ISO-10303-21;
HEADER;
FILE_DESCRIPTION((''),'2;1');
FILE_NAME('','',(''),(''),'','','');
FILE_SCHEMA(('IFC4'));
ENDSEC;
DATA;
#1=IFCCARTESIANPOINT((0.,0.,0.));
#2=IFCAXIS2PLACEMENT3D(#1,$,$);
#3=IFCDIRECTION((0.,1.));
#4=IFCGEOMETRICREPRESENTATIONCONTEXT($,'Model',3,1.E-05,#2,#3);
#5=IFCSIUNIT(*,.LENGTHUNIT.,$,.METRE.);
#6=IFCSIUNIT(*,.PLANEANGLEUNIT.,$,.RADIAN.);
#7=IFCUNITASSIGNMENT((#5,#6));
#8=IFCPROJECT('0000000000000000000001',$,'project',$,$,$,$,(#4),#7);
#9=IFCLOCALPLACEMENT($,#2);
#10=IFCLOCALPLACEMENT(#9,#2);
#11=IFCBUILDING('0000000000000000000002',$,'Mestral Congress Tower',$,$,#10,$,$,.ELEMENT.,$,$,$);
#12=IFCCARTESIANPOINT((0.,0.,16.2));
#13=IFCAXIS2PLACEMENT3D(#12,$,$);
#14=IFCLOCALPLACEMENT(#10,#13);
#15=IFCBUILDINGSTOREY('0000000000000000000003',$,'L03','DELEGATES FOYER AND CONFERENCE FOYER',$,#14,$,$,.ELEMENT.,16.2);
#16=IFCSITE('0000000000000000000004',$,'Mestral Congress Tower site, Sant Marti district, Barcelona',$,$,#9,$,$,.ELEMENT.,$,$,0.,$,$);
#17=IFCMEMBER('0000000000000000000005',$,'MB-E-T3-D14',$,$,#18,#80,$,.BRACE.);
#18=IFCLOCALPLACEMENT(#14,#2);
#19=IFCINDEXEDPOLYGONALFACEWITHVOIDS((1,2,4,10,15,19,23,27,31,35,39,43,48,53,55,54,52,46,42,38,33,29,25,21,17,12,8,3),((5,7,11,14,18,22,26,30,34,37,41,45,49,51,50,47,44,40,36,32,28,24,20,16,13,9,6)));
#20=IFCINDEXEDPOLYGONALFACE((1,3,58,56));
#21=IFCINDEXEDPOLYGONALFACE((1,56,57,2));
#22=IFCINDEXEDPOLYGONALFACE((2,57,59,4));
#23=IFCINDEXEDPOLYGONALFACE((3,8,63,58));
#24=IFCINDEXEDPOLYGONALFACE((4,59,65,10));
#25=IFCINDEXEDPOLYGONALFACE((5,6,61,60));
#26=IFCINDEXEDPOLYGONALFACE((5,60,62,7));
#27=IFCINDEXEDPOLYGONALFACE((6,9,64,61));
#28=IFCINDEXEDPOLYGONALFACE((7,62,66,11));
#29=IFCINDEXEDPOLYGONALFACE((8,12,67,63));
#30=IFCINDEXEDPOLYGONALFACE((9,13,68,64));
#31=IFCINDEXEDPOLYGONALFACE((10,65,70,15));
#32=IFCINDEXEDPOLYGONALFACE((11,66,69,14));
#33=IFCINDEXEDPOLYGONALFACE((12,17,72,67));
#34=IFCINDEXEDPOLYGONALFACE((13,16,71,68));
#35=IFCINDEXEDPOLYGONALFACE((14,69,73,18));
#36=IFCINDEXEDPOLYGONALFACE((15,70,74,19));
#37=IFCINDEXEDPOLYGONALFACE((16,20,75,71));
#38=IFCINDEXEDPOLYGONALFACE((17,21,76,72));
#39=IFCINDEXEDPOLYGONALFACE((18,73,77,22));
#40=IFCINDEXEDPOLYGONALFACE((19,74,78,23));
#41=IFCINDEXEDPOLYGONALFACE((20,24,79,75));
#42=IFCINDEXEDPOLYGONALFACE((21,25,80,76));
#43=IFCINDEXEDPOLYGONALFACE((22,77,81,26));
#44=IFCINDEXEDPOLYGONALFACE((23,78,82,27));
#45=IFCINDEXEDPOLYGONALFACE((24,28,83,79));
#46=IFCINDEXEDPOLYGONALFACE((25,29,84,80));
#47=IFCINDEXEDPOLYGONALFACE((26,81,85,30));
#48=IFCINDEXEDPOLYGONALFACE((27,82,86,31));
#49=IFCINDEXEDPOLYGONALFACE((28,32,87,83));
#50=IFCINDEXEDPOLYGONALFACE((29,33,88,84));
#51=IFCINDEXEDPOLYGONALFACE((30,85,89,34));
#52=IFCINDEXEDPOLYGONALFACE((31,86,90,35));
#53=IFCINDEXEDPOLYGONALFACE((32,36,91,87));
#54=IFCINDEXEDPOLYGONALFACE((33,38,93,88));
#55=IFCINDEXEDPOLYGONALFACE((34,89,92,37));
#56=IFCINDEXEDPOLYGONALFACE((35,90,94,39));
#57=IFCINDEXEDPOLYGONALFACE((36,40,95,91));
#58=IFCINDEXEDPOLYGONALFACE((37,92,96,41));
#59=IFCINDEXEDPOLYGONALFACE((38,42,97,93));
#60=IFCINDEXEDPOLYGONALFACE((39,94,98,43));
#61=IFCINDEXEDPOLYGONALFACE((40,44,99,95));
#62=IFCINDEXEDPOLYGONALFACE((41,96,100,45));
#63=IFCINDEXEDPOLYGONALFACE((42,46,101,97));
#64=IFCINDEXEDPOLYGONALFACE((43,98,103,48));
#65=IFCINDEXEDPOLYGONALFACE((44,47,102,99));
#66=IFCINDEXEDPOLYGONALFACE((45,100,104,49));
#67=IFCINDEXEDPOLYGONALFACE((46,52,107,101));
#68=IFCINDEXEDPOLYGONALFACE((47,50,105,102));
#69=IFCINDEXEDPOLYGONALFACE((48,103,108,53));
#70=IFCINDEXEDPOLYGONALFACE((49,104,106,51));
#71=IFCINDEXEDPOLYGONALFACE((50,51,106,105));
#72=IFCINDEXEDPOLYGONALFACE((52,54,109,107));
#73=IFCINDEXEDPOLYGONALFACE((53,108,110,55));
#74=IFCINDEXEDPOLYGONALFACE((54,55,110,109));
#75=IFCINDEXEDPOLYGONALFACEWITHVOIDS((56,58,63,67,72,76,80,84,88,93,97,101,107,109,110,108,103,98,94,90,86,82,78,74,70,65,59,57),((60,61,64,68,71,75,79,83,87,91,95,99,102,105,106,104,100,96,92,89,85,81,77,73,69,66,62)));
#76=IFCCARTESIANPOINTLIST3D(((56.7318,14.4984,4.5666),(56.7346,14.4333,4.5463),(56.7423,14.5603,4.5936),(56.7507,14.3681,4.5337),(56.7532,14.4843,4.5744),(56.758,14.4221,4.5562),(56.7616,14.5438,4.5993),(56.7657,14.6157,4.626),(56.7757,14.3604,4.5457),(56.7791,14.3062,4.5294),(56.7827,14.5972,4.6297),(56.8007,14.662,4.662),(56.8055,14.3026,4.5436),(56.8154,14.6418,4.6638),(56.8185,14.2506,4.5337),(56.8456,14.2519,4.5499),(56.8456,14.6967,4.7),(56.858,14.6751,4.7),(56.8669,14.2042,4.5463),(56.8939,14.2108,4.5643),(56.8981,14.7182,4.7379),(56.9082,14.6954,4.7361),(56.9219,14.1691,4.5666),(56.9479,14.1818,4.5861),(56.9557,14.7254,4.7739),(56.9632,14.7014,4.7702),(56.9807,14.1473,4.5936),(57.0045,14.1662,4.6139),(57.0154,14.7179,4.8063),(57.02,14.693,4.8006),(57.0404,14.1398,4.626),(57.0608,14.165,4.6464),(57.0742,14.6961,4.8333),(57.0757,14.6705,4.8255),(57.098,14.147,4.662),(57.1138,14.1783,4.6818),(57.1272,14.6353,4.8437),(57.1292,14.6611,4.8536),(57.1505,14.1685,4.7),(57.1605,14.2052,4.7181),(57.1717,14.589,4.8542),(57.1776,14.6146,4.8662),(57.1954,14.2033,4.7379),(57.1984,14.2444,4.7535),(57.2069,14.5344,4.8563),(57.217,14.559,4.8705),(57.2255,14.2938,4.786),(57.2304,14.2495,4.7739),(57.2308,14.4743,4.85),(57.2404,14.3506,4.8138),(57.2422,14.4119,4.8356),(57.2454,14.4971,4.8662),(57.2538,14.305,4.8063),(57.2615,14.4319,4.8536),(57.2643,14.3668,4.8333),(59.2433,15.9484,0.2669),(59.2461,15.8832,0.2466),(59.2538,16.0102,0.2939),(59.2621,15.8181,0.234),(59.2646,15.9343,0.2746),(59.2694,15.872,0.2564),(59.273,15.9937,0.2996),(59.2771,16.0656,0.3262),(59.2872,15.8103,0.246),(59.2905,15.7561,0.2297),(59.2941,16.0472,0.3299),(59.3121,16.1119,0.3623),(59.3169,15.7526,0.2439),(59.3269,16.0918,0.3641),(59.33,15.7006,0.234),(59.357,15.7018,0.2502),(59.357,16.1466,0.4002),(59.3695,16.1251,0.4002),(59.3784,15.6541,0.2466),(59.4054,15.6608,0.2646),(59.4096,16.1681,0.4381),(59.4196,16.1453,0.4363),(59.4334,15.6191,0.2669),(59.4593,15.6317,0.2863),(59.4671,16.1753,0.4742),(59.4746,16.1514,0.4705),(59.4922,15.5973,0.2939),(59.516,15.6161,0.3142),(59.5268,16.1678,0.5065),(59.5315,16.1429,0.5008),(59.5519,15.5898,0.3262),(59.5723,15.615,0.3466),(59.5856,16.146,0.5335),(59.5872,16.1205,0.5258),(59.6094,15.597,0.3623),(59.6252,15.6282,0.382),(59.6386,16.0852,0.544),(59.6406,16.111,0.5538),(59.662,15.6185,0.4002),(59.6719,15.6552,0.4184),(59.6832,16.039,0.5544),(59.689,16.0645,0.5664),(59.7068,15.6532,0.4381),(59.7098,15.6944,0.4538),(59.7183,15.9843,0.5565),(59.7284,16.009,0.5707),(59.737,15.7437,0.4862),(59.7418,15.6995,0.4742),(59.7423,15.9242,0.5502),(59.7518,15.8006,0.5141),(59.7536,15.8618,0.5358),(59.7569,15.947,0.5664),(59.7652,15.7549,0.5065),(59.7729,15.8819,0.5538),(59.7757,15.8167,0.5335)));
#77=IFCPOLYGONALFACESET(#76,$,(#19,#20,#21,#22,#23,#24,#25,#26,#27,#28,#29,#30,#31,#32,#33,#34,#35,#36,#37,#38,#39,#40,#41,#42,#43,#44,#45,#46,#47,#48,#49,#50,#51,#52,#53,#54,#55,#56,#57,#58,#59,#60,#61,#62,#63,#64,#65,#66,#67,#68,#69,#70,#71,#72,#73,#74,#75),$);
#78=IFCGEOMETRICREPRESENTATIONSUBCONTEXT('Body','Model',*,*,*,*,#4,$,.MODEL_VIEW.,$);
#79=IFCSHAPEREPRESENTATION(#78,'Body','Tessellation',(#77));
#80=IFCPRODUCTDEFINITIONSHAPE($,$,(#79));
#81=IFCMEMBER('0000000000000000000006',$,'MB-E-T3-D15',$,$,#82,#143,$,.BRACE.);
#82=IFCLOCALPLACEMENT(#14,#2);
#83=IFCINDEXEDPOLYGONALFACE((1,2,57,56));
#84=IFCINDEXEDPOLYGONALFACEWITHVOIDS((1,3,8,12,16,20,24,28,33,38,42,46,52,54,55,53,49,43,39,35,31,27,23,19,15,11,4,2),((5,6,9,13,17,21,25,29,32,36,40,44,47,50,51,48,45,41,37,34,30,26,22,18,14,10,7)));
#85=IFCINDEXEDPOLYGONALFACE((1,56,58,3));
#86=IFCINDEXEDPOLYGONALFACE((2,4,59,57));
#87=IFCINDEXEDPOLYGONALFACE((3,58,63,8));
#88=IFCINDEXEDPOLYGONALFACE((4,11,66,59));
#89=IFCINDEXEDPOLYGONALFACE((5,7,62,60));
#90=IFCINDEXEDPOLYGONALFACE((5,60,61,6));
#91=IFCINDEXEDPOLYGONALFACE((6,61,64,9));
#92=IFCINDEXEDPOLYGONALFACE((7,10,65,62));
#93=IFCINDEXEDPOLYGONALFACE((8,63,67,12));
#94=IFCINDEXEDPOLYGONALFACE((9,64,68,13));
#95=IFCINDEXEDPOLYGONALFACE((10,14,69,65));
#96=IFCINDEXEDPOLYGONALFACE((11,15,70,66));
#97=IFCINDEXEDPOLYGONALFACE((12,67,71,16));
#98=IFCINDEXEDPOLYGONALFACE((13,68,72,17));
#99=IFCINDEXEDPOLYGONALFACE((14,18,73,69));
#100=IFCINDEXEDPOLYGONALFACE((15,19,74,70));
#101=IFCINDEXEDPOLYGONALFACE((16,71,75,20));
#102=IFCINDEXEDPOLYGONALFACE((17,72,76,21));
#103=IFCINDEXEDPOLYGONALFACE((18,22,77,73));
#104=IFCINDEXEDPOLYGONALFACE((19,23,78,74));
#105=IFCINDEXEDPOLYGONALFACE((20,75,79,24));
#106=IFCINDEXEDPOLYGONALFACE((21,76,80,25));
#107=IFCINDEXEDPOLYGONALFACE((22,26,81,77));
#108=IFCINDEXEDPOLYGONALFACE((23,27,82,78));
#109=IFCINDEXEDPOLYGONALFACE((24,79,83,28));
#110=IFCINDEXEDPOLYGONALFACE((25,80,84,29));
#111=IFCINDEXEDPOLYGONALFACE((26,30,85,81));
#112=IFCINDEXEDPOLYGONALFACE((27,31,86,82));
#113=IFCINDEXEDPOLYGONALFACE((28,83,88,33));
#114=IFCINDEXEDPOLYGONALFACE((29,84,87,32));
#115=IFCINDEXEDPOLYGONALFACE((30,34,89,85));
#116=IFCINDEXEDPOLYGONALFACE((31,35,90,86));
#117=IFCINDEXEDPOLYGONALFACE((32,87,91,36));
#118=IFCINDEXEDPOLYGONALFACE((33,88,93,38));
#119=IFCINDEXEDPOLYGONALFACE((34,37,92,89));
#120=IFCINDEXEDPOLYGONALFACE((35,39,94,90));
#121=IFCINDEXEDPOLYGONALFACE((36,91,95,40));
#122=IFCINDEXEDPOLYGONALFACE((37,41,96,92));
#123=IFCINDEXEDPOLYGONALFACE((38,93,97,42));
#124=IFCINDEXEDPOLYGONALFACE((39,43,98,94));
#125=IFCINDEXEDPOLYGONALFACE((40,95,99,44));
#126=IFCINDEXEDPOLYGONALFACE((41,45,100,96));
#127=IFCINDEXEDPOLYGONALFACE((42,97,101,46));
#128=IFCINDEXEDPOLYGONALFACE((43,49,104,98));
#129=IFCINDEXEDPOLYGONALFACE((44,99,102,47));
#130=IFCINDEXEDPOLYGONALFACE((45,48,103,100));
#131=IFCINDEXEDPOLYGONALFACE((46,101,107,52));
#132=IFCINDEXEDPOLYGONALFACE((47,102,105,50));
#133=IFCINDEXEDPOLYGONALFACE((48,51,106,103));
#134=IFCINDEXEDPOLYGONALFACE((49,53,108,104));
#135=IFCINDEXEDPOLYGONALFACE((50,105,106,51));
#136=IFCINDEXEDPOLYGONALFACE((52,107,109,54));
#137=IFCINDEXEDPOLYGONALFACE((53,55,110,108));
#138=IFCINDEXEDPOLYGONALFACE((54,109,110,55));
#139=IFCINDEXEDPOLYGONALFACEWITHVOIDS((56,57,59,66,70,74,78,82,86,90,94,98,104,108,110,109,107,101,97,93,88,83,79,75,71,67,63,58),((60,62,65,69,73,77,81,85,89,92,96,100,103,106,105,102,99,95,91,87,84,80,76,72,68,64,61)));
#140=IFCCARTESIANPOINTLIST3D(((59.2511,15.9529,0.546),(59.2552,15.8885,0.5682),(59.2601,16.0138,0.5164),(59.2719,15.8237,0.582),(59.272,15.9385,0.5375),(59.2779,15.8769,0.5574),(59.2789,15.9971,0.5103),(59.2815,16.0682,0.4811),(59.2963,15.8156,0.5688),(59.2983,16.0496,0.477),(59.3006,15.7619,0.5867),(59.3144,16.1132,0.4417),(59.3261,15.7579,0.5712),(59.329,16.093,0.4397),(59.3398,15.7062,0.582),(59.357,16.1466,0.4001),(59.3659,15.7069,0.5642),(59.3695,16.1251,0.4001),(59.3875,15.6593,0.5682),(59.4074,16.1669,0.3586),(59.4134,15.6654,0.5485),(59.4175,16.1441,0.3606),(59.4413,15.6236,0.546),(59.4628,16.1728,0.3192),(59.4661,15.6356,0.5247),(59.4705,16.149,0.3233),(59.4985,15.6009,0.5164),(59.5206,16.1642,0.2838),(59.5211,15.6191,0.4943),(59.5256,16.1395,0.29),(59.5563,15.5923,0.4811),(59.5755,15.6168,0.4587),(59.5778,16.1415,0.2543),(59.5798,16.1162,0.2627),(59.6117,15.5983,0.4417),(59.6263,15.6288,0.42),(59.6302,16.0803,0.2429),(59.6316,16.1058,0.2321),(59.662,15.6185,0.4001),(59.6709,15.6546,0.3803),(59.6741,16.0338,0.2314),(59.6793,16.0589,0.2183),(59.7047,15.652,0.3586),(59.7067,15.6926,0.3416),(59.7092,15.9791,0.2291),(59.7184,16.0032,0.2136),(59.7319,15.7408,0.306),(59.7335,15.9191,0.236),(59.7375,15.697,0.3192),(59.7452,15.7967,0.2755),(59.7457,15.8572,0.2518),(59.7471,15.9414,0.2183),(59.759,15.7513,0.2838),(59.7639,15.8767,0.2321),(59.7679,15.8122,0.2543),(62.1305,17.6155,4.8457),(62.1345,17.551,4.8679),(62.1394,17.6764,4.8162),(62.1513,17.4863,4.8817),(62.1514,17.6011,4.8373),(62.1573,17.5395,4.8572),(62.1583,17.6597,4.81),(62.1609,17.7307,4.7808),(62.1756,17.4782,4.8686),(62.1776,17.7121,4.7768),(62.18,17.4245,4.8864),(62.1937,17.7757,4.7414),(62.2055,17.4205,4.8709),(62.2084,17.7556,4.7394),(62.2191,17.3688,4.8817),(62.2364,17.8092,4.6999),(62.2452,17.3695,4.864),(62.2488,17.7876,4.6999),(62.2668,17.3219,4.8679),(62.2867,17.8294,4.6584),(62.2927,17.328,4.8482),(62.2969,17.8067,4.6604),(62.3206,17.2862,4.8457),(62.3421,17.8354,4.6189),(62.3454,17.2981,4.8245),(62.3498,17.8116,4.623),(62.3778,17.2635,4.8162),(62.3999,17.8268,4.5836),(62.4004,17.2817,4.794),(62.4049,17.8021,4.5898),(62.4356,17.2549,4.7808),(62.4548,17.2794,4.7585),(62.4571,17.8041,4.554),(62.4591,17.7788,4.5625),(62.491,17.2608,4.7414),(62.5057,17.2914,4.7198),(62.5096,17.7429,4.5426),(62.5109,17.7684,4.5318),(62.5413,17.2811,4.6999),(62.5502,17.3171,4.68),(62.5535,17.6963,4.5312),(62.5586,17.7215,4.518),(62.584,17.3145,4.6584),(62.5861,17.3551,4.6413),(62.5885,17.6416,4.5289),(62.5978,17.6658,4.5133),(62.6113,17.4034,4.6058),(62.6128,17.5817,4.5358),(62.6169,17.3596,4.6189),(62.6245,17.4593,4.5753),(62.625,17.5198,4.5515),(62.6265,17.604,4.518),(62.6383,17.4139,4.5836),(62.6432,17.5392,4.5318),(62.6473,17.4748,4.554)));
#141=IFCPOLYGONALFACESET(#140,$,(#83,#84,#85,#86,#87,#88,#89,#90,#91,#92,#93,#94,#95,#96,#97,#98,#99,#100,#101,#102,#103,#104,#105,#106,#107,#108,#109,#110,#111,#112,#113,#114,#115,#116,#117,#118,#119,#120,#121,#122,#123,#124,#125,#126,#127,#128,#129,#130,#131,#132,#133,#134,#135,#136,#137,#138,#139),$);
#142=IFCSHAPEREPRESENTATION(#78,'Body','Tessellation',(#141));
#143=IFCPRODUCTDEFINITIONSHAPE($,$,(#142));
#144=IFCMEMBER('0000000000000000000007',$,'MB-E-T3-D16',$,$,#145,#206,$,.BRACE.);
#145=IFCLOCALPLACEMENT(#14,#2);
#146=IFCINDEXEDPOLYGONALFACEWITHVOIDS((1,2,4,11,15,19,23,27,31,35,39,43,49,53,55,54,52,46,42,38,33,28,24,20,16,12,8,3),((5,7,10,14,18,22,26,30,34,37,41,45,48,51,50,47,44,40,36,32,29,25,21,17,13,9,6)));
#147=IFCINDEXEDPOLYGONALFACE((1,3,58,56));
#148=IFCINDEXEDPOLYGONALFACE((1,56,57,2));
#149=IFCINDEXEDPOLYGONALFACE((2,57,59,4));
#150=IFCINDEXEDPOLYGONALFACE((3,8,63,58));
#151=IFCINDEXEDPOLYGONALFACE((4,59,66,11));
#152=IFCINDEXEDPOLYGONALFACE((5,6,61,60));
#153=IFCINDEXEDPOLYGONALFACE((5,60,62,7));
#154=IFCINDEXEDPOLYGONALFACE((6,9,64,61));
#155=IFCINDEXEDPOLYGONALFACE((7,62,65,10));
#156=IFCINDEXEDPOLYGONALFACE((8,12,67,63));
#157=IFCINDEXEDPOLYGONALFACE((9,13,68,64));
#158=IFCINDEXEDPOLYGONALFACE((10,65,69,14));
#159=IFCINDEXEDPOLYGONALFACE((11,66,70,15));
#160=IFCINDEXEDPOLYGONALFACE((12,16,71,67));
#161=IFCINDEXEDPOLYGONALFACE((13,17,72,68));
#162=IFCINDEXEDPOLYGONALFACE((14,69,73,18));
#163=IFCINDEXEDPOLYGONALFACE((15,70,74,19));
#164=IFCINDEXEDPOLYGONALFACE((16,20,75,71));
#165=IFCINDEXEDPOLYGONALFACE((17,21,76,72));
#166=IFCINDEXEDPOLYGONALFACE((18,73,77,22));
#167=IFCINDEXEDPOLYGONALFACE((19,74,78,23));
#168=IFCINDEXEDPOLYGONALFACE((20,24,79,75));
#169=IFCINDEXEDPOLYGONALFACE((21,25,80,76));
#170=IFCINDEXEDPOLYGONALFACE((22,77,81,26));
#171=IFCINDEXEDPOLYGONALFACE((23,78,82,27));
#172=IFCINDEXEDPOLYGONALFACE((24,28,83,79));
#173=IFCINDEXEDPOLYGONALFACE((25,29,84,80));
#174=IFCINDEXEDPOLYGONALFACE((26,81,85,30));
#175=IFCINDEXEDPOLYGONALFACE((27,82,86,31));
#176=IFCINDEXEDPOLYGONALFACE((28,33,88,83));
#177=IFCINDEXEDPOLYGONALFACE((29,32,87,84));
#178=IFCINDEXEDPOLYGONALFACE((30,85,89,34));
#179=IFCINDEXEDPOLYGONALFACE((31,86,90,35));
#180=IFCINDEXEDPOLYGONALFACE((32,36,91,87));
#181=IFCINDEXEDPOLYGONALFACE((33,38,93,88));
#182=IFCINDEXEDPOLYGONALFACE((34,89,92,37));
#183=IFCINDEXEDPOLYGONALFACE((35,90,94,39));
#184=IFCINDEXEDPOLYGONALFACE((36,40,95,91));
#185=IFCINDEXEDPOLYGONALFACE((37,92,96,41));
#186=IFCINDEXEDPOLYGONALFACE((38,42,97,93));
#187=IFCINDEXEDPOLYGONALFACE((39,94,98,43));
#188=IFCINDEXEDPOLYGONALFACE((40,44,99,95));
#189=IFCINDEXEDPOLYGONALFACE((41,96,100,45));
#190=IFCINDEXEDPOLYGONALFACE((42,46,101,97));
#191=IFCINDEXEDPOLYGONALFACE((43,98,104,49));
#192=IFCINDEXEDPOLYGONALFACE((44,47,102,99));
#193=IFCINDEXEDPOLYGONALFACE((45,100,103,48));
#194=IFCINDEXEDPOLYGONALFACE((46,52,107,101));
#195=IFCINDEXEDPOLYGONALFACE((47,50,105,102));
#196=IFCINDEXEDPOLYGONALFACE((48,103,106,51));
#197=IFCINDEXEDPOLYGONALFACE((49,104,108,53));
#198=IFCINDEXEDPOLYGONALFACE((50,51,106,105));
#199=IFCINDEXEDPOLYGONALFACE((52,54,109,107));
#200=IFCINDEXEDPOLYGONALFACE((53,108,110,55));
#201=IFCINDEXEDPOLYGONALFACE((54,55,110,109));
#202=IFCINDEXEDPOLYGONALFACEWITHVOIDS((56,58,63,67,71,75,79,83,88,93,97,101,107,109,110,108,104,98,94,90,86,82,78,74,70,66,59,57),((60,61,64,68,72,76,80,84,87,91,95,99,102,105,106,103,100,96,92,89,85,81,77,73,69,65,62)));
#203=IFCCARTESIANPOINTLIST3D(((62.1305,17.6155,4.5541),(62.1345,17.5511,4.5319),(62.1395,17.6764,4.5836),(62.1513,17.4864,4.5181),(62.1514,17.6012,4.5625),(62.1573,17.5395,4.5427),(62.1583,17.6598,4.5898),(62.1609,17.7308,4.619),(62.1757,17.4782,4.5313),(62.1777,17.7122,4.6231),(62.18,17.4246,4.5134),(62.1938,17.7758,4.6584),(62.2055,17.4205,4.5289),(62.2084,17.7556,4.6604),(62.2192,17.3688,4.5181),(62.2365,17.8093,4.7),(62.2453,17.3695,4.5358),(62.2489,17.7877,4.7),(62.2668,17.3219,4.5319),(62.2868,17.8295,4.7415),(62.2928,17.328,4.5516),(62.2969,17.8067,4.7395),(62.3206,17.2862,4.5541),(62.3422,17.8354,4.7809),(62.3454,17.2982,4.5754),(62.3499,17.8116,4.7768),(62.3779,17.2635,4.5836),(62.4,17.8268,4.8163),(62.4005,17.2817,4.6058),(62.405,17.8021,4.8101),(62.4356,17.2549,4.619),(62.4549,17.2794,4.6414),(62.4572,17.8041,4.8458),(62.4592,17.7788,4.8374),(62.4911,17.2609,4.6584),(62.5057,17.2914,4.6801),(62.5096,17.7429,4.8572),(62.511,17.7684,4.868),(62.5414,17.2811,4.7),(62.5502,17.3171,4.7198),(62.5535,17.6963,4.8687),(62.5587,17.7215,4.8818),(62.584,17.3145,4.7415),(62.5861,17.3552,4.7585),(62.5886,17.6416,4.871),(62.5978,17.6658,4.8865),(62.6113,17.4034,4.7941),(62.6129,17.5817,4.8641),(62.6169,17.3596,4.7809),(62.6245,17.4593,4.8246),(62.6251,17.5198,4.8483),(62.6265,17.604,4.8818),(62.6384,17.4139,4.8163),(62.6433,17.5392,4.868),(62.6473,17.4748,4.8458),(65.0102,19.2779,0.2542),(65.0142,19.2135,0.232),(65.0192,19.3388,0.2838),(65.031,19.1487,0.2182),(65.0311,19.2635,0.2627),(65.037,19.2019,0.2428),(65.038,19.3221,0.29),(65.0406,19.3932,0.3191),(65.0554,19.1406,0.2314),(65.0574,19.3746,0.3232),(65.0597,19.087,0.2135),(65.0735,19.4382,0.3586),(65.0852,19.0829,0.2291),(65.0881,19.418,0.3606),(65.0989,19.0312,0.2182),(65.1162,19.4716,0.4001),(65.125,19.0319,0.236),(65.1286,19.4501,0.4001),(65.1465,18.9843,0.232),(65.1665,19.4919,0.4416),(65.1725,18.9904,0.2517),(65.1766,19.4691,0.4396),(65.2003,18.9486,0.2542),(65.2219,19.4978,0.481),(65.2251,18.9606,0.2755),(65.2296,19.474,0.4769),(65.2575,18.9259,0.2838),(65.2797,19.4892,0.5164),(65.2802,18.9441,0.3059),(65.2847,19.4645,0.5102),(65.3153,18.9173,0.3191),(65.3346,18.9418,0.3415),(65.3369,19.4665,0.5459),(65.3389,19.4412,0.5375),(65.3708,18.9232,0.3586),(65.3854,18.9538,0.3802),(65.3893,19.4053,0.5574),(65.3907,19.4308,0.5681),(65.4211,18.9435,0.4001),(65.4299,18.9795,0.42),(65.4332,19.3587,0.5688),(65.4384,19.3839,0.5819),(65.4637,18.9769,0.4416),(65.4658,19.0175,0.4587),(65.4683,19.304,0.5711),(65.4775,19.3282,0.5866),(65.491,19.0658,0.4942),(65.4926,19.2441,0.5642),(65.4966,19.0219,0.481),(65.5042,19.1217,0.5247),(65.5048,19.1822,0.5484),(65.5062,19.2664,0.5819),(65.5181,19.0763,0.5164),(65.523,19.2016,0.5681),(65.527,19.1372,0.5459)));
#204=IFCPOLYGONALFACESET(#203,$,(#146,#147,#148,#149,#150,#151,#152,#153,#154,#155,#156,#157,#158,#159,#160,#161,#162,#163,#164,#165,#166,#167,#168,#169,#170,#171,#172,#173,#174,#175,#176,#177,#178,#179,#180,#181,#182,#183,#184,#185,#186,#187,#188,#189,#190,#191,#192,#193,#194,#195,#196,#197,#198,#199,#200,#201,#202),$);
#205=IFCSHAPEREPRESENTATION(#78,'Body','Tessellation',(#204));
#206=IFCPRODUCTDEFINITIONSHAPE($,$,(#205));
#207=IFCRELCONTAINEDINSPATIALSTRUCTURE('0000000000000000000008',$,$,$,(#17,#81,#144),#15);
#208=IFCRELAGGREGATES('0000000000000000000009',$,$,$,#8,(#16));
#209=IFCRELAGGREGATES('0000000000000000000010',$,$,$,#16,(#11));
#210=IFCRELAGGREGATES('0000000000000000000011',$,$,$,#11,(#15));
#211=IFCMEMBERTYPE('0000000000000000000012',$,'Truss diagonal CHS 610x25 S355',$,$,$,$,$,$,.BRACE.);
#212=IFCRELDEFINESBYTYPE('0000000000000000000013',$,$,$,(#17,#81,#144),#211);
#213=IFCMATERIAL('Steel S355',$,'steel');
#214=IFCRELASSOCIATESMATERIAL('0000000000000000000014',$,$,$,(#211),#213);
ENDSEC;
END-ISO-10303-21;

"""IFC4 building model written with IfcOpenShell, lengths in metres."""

from ifc_helpers import new_model, si_unit, direction, frame, origin, origin_2d, place, context, subcontext, project, spatial, hollow_circle, extrude, material, material_profile, profile_set, type_object, element, save


model = new_model("IFC4")

# Units and contexts
model_context = context("Model", 3, precision=1e-05, world=origin(), true_north=direction((0.0, 1.0)))
body_context = subcontext(model_context, "Body", "Model", "MODEL_VIEW")
ifc_project = project(units=[si_unit("LENGTHUNIT", "METRE"), si_unit("PLANEANGLEUNIT", "RADIAN")], contexts=[model_context])

# Site, building, storey
site_placement = place(None, origin())
site = spatial("IfcSite", under=ifc_project, at=site_placement, Name="Mestral Congress Tower site, Sant Marti district, Barcelona", CompositionType="ELEMENT", RefElevation=0.0)
building_placement = place(site_placement, origin())
building = spatial("IfcBuilding", under=site, at=building_placement, Name="Mestral Congress Tower", CompositionType="ELEMENT")
storey_placement = place(building_placement, frame((0.0, 0.0, 16.2)))
storey = spatial("IfcBuildingStorey", under=building, at=storey_placement, Name="L03", Description="DELEGATES FOYER AND CONFERENCE FOYER", CompositionType="ELEMENT", Elevation=16.2)

# Members
ifc_material = material(Name="Steel S355", Category="steel")
ifc_material_profile_1 = material_profile(ifc_material, hollow_circle(Radius=0.3049, WallThickness=0.0249, at=origin_2d()), Name="CHS 610x25")
ifc_profile_set_1 = profile_set([ifc_material_profile_1], Name="Steel S355")
member_type_1 = type_object("IfcMemberType", Name="Truss diagonal CHS 610x25 S355", PredefinedType="BRACE", material=ifc_profile_set_1)
for number, where, z_axis, x_axis, name in (
    (1, (56.998, 14.4326, 4.7), (0.484247, 0.279571, -0.829062), (-0.499987, 0.866033, 0.0), "MB-E-T3-D14"),
):
    element("IfcMember", number, at=place(storey_placement, frame(where, z_axis=z_axis, x_axis=x_axis)), inside=storey, type_object=member_type_1, Name=name, PredefinedType="BRACE", context=body_context, shape_type="SweptSolid", body=[
        extrude(hollow_circle(Radius=0.3049, WallThickness=0.0249, at=origin_2d()), origin(), (0.0, 0.0, 1.0), 5.1863),
    ])
member_1_placement = place(storey_placement, frame((59.5095, 15.8826, 0.4001), z_axis=(0.529749, 0.305884, 0.791076), x_axis=(-0.50004, 0.866002, 0.0)))
element("IfcMember", 2, at=member_1_placement, inside=storey, type_object=member_type_1, Name="MB-E-T3-D15", PredefinedType="BRACE", context=body_context, shape_type="SweptSolid", body=[
    extrude(hollow_circle(Radius=0.3049, WallThickness=0.0249, at=origin_2d()), origin(), (0.0, 0.0, 1.0), 5.4353),
])
member_2_placement = place(storey_placement, frame((62.3889, 17.5452, 4.7), z_axis=(0.529789, 0.305836, -0.791068), x_axis=(-0.499953, 0.866052, 0.0)))
element("IfcMember", 3, at=member_2_placement, inside=storey, type_object=member_type_1, Name="MB-E-T3-D16", PredefinedType="BRACE", context=body_context, shape_type="SweptSolid", body=[
    extrude(hollow_circle(Radius=0.3049, WallThickness=0.0249, at=origin_2d()), origin(), (0.0, 0.0, 1.0), 5.4355),
])

save(model, "model.ifc")
